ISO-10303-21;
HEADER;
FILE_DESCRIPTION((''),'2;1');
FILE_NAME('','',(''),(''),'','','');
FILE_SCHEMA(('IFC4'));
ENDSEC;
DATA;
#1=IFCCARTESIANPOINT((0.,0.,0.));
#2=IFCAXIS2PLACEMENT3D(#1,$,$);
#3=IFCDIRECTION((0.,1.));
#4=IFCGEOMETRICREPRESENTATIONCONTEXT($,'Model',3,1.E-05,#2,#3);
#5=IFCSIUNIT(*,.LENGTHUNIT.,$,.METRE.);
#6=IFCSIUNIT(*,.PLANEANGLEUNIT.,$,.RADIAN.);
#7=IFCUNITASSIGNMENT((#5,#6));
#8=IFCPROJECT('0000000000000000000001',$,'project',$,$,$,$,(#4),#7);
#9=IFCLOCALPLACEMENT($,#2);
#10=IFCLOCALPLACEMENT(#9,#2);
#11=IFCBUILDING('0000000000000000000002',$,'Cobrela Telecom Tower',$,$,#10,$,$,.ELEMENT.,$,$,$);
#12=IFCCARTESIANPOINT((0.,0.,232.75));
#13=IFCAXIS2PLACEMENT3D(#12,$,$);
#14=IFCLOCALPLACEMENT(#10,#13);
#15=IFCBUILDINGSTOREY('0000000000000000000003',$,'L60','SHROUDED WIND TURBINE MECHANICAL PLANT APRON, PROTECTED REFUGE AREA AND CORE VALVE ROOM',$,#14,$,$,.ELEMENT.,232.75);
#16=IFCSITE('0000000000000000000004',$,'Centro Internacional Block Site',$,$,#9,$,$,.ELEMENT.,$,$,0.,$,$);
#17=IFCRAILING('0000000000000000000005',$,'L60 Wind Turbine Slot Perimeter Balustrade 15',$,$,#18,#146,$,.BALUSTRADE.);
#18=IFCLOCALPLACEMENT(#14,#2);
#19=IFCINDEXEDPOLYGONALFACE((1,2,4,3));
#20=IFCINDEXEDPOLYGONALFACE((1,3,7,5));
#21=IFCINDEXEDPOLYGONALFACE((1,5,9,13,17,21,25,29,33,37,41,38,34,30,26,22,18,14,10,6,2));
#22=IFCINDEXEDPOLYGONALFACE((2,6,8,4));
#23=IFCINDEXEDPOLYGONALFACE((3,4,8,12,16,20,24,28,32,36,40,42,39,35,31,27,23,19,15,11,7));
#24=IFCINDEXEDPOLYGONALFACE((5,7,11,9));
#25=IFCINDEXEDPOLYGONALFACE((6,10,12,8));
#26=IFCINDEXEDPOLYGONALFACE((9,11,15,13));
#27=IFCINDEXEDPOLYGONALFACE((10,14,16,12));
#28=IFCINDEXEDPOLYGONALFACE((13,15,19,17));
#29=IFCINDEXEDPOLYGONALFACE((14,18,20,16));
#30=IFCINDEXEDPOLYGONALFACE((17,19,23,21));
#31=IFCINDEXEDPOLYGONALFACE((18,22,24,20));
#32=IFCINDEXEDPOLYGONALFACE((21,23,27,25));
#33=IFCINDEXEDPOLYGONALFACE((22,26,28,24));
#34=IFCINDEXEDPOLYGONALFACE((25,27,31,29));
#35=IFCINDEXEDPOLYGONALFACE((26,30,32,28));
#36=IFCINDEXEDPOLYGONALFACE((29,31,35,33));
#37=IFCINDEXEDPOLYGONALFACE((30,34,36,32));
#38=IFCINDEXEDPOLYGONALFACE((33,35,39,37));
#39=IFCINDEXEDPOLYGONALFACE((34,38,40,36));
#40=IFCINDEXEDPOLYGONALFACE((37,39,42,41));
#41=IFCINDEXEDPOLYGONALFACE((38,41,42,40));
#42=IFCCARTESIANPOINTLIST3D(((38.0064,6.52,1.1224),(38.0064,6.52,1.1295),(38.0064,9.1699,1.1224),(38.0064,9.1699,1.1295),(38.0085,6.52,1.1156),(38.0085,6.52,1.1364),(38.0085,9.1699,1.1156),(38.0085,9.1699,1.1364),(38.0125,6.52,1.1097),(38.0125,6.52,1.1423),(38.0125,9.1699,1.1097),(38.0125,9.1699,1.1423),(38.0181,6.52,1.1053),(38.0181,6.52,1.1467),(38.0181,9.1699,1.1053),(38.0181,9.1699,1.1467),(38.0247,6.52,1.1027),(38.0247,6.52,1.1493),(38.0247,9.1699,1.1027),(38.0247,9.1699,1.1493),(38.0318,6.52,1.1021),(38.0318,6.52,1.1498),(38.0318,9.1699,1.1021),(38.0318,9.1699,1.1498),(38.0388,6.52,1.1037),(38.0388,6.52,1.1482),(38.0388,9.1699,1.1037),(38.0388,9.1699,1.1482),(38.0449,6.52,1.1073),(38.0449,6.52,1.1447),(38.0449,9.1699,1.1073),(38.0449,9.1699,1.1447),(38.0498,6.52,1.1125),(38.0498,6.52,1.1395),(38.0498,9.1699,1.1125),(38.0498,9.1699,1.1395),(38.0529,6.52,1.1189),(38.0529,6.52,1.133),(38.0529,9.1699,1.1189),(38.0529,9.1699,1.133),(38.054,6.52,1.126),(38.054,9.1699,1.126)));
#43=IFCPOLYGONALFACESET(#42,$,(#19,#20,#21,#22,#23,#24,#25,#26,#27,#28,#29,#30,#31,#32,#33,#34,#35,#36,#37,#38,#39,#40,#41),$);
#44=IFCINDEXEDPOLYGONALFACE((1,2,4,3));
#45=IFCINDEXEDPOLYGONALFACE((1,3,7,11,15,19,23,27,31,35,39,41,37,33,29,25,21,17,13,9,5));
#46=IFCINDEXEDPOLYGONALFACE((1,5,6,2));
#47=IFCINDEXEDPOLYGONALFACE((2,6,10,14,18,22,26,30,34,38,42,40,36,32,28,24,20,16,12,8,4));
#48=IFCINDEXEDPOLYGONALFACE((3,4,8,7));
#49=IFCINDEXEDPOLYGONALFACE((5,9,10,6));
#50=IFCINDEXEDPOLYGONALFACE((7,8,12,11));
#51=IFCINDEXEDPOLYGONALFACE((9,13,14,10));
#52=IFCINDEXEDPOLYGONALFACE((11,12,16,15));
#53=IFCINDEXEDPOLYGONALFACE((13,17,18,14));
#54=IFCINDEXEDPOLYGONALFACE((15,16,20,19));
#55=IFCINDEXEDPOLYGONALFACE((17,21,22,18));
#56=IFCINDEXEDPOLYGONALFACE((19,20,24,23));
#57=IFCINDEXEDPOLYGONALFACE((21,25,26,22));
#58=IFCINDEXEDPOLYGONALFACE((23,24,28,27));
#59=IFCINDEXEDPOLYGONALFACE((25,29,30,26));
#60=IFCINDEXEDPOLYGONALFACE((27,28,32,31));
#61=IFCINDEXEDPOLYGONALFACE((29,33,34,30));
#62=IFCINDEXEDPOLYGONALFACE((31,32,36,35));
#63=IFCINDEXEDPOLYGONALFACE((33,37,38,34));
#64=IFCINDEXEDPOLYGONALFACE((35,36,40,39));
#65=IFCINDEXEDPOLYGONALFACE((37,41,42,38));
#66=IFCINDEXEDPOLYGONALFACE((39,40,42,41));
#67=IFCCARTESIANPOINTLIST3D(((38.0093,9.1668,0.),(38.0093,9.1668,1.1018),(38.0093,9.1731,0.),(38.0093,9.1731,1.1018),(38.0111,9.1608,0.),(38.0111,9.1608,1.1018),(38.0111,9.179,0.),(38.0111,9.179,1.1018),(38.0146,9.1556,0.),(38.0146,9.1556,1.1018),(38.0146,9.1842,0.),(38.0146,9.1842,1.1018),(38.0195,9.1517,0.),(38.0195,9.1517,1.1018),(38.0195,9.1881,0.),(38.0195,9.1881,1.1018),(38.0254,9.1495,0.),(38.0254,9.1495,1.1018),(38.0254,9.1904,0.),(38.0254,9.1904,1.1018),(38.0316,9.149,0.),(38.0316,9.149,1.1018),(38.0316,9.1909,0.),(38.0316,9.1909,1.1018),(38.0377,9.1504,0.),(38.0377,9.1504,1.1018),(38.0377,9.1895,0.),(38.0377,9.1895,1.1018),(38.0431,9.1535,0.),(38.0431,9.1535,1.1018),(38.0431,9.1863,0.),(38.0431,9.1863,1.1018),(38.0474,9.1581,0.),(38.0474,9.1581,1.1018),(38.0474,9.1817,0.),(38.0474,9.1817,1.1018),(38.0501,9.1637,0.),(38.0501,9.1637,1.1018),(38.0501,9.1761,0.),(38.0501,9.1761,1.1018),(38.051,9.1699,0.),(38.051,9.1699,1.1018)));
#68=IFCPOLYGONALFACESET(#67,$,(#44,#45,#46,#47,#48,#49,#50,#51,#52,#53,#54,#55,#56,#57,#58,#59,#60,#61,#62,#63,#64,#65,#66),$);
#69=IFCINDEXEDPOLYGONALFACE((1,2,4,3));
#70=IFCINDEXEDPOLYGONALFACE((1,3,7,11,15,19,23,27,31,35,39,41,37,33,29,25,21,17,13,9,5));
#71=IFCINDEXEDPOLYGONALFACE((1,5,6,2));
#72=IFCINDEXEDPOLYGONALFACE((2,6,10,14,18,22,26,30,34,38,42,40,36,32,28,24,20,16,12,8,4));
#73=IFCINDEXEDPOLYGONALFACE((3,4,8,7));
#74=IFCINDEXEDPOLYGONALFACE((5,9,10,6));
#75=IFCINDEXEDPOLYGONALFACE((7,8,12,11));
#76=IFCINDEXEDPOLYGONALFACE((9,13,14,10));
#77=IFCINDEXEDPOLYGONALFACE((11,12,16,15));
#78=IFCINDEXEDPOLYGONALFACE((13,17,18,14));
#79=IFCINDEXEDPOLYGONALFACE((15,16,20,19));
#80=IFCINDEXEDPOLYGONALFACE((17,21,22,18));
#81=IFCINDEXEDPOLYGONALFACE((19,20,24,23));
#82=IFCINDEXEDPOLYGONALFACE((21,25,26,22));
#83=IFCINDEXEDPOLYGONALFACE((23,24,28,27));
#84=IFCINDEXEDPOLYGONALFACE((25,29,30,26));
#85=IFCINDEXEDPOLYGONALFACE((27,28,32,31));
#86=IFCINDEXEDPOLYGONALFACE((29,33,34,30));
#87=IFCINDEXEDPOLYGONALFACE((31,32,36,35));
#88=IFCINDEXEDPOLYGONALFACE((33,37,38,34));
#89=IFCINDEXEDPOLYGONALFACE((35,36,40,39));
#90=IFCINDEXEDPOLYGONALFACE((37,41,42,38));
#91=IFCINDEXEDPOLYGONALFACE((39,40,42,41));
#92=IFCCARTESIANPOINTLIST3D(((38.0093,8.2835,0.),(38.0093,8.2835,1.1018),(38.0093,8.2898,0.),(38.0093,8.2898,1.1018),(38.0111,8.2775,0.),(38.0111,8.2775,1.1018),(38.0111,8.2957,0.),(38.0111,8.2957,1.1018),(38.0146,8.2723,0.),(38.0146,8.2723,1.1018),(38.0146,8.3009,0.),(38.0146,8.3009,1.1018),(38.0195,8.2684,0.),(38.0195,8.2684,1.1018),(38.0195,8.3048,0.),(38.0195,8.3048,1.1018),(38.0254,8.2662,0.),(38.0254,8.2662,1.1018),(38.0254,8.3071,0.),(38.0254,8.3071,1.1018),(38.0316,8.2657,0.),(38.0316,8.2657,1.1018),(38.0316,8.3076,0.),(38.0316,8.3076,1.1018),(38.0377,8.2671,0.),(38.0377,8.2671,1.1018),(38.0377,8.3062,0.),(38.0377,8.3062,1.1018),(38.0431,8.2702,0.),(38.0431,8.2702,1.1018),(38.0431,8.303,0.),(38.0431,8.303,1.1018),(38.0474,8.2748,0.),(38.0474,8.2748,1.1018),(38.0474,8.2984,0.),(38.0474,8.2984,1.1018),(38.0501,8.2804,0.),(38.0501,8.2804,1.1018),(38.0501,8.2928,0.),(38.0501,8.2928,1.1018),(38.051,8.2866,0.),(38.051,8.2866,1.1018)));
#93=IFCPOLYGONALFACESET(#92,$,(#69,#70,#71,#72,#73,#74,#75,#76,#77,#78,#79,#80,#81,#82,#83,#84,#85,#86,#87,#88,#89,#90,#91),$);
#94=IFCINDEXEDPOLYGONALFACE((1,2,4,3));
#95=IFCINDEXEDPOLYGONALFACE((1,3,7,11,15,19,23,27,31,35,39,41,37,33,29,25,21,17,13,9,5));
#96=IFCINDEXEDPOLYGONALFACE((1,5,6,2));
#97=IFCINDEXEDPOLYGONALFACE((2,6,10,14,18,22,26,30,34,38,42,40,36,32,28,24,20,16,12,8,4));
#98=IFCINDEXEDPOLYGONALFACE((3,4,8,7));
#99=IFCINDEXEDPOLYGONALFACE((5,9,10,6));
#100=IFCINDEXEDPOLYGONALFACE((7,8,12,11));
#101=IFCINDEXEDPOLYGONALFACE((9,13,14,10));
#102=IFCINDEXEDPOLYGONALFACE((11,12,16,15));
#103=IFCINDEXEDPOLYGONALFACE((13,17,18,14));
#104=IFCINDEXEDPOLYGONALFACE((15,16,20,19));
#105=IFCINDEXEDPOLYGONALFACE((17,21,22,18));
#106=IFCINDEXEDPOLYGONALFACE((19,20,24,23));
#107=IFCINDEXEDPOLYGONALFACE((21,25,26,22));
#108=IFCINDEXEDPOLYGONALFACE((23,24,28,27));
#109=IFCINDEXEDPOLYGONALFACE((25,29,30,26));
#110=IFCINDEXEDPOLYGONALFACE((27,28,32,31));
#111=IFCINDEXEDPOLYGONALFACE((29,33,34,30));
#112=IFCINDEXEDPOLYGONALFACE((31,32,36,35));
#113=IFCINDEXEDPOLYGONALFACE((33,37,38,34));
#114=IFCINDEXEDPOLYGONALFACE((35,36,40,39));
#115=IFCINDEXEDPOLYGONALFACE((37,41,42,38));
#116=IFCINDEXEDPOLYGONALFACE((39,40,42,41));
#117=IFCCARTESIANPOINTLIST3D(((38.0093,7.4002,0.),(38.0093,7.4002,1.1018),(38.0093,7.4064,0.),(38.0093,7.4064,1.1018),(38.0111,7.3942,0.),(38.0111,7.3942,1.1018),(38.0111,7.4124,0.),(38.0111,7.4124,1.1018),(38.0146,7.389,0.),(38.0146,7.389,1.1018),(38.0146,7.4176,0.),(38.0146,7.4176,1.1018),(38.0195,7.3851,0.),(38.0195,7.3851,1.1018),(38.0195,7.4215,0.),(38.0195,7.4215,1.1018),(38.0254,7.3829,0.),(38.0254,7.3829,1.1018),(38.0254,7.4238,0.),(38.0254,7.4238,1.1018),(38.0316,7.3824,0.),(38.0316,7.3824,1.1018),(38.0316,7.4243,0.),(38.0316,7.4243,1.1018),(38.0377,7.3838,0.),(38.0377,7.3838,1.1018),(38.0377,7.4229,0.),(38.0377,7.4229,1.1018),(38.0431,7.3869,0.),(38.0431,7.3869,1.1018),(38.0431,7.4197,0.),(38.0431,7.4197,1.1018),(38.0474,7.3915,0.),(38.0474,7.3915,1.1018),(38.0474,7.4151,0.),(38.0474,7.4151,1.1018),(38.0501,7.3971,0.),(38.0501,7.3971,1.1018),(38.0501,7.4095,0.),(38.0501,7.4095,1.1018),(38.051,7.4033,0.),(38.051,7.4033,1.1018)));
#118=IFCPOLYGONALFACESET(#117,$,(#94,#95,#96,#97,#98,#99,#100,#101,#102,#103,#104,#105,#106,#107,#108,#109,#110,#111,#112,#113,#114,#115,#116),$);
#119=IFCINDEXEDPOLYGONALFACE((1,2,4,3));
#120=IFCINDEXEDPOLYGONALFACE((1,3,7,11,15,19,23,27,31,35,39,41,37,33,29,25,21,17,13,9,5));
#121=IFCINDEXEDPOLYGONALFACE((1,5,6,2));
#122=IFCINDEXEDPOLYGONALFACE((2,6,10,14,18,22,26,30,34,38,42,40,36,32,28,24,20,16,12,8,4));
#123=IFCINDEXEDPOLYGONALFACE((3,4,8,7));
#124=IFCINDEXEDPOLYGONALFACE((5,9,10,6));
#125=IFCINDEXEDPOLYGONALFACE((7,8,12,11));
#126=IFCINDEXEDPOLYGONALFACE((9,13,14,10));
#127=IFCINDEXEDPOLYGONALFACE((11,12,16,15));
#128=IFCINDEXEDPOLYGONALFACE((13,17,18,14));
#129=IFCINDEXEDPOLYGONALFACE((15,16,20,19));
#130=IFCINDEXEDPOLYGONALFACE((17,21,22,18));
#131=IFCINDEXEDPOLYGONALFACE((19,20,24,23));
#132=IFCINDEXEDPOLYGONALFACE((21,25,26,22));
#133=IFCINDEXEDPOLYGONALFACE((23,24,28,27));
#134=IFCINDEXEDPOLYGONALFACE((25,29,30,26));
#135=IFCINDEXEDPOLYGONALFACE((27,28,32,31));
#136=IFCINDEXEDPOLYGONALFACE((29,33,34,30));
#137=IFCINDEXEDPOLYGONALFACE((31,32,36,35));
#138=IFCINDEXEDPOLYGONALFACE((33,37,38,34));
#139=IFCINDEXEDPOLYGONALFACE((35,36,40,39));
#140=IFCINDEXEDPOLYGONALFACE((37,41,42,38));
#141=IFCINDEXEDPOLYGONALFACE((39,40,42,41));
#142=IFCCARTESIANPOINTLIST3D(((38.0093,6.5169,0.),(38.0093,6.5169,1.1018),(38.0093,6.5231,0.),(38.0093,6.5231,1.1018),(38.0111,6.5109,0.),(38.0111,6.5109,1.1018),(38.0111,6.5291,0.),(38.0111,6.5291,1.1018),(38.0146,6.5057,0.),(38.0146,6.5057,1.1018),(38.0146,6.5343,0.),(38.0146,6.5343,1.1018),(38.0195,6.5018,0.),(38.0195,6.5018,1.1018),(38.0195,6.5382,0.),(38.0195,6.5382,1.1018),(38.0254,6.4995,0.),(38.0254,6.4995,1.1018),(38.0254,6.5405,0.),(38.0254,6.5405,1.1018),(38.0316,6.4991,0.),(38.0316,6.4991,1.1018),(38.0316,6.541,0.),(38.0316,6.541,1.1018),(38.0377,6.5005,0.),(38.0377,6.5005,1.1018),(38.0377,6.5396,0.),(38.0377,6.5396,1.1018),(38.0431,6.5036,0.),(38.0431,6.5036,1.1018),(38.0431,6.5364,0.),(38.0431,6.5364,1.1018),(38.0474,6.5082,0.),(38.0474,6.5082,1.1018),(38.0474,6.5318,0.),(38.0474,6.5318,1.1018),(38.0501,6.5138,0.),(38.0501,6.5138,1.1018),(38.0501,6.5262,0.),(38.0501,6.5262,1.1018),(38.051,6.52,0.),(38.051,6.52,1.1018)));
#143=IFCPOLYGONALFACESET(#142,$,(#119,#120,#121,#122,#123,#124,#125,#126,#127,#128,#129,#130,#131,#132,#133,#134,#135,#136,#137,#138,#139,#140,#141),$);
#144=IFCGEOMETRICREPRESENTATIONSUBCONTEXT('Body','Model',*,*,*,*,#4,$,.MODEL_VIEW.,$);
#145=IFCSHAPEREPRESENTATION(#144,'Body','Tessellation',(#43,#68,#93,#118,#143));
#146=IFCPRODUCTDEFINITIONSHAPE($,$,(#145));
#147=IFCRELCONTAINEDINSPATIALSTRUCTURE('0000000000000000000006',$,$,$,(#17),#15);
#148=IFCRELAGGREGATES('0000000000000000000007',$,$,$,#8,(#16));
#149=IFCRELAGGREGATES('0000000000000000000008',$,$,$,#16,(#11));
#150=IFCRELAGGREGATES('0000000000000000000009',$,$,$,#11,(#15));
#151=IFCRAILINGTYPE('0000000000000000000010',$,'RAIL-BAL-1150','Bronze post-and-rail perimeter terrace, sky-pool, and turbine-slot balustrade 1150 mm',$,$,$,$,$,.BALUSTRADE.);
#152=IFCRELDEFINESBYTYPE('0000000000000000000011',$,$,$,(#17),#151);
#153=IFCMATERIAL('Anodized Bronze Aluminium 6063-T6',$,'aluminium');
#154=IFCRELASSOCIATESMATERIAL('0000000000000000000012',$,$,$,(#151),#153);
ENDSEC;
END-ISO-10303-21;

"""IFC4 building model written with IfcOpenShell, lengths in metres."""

from ifc_helpers import new_model, si_unit, direction, frame, origin, origin_2d, place, context, subcontext, project, spatial, circle, extrude, material, type_object, element, save


model = new_model("IFC4")

# Units and contexts
model_context = context("Model", 3, precision=1e-05, world=origin(), true_north=direction((0.0, 1.0)))
body_context = subcontext(model_context, "Body", "Model", "MODEL_VIEW")
ifc_project = project(units=[si_unit("LENGTHUNIT", "METRE"), si_unit("PLANEANGLEUNIT", "RADIAN")], contexts=[model_context])

# Site, building, storey
site_placement = place(None, origin())
site = spatial("IfcSite", under=ifc_project, at=site_placement, Name="Centro Internacional Block Site", CompositionType="ELEMENT", RefElevation=0.0)
building_placement = place(site_placement, origin())
building = spatial("IfcBuilding", under=site, at=building_placement, Name="Cobrela Telecom Tower", CompositionType="ELEMENT")
storey_placement = place(building_placement, frame((0.0, 0.0, 232.75)))
storey = spatial("IfcBuildingStorey", under=building, at=storey_placement, Name="L60", Description="SHROUDED WIND TURBINE MECHANICAL PLANT APRON, PROTECTED REFUGE AREA AND CORE VALVE ROOM", CompositionType="ELEMENT", Elevation=232.75)

# Railing
ifc_material_1 = material(Name="Anodized Bronze Aluminium 6063-T6", Category="aluminium")
railing_type = type_object("IfcRailingType", Name="RAIL-BAL-1150", Description="Bronze post-and-rail perimeter terrace, sky-pool, and turbine-slot balustrade 1150 mm", PredefinedType="BALUSTRADE", material=ifc_material_1)
railing_1_placement = place(storey_placement, frame((38.03, 9.1699, 0.0)))
element("IfcRailing", 1, at=railing_1_placement, inside=storey, type_object=railing_type, Name="L60 Wind Turbine Slot Perimeter Balustrade 15", PredefinedType="BALUSTRADE", context=body_context, shape_type="SweptSolid", body=[
    extrude(circle(Radius=0.0239, at=origin_2d()), frame((0.0, 0.0, 1.126), z_axis=(0.0, -1.0, 0.0), x_axis=(1.0, 0.0, 0.0)), (0.0, 0.0, 1.0), 2.6499),
    extrude(circle(Radius=0.021, at=origin_2d()), origin(), (0.0, 0.0, 1.0), 1.1018),
    extrude(circle(Radius=0.021, at=origin_2d()), frame((0.0, -0.8833, 0.0)), (0.0, 0.0, 1.0), 1.1018),
    extrude(circle(Radius=0.021, at=origin_2d()), frame((0.0, -1.7666, 0.0)), (0.0, 0.0, 1.0), 1.1018),
    extrude(circle(Radius=0.021, at=origin_2d()), frame((0.0, -2.6499, 0.0)), (0.0, 0.0, 1.0), 1.1018),
])

save(model, "model.ifc")
